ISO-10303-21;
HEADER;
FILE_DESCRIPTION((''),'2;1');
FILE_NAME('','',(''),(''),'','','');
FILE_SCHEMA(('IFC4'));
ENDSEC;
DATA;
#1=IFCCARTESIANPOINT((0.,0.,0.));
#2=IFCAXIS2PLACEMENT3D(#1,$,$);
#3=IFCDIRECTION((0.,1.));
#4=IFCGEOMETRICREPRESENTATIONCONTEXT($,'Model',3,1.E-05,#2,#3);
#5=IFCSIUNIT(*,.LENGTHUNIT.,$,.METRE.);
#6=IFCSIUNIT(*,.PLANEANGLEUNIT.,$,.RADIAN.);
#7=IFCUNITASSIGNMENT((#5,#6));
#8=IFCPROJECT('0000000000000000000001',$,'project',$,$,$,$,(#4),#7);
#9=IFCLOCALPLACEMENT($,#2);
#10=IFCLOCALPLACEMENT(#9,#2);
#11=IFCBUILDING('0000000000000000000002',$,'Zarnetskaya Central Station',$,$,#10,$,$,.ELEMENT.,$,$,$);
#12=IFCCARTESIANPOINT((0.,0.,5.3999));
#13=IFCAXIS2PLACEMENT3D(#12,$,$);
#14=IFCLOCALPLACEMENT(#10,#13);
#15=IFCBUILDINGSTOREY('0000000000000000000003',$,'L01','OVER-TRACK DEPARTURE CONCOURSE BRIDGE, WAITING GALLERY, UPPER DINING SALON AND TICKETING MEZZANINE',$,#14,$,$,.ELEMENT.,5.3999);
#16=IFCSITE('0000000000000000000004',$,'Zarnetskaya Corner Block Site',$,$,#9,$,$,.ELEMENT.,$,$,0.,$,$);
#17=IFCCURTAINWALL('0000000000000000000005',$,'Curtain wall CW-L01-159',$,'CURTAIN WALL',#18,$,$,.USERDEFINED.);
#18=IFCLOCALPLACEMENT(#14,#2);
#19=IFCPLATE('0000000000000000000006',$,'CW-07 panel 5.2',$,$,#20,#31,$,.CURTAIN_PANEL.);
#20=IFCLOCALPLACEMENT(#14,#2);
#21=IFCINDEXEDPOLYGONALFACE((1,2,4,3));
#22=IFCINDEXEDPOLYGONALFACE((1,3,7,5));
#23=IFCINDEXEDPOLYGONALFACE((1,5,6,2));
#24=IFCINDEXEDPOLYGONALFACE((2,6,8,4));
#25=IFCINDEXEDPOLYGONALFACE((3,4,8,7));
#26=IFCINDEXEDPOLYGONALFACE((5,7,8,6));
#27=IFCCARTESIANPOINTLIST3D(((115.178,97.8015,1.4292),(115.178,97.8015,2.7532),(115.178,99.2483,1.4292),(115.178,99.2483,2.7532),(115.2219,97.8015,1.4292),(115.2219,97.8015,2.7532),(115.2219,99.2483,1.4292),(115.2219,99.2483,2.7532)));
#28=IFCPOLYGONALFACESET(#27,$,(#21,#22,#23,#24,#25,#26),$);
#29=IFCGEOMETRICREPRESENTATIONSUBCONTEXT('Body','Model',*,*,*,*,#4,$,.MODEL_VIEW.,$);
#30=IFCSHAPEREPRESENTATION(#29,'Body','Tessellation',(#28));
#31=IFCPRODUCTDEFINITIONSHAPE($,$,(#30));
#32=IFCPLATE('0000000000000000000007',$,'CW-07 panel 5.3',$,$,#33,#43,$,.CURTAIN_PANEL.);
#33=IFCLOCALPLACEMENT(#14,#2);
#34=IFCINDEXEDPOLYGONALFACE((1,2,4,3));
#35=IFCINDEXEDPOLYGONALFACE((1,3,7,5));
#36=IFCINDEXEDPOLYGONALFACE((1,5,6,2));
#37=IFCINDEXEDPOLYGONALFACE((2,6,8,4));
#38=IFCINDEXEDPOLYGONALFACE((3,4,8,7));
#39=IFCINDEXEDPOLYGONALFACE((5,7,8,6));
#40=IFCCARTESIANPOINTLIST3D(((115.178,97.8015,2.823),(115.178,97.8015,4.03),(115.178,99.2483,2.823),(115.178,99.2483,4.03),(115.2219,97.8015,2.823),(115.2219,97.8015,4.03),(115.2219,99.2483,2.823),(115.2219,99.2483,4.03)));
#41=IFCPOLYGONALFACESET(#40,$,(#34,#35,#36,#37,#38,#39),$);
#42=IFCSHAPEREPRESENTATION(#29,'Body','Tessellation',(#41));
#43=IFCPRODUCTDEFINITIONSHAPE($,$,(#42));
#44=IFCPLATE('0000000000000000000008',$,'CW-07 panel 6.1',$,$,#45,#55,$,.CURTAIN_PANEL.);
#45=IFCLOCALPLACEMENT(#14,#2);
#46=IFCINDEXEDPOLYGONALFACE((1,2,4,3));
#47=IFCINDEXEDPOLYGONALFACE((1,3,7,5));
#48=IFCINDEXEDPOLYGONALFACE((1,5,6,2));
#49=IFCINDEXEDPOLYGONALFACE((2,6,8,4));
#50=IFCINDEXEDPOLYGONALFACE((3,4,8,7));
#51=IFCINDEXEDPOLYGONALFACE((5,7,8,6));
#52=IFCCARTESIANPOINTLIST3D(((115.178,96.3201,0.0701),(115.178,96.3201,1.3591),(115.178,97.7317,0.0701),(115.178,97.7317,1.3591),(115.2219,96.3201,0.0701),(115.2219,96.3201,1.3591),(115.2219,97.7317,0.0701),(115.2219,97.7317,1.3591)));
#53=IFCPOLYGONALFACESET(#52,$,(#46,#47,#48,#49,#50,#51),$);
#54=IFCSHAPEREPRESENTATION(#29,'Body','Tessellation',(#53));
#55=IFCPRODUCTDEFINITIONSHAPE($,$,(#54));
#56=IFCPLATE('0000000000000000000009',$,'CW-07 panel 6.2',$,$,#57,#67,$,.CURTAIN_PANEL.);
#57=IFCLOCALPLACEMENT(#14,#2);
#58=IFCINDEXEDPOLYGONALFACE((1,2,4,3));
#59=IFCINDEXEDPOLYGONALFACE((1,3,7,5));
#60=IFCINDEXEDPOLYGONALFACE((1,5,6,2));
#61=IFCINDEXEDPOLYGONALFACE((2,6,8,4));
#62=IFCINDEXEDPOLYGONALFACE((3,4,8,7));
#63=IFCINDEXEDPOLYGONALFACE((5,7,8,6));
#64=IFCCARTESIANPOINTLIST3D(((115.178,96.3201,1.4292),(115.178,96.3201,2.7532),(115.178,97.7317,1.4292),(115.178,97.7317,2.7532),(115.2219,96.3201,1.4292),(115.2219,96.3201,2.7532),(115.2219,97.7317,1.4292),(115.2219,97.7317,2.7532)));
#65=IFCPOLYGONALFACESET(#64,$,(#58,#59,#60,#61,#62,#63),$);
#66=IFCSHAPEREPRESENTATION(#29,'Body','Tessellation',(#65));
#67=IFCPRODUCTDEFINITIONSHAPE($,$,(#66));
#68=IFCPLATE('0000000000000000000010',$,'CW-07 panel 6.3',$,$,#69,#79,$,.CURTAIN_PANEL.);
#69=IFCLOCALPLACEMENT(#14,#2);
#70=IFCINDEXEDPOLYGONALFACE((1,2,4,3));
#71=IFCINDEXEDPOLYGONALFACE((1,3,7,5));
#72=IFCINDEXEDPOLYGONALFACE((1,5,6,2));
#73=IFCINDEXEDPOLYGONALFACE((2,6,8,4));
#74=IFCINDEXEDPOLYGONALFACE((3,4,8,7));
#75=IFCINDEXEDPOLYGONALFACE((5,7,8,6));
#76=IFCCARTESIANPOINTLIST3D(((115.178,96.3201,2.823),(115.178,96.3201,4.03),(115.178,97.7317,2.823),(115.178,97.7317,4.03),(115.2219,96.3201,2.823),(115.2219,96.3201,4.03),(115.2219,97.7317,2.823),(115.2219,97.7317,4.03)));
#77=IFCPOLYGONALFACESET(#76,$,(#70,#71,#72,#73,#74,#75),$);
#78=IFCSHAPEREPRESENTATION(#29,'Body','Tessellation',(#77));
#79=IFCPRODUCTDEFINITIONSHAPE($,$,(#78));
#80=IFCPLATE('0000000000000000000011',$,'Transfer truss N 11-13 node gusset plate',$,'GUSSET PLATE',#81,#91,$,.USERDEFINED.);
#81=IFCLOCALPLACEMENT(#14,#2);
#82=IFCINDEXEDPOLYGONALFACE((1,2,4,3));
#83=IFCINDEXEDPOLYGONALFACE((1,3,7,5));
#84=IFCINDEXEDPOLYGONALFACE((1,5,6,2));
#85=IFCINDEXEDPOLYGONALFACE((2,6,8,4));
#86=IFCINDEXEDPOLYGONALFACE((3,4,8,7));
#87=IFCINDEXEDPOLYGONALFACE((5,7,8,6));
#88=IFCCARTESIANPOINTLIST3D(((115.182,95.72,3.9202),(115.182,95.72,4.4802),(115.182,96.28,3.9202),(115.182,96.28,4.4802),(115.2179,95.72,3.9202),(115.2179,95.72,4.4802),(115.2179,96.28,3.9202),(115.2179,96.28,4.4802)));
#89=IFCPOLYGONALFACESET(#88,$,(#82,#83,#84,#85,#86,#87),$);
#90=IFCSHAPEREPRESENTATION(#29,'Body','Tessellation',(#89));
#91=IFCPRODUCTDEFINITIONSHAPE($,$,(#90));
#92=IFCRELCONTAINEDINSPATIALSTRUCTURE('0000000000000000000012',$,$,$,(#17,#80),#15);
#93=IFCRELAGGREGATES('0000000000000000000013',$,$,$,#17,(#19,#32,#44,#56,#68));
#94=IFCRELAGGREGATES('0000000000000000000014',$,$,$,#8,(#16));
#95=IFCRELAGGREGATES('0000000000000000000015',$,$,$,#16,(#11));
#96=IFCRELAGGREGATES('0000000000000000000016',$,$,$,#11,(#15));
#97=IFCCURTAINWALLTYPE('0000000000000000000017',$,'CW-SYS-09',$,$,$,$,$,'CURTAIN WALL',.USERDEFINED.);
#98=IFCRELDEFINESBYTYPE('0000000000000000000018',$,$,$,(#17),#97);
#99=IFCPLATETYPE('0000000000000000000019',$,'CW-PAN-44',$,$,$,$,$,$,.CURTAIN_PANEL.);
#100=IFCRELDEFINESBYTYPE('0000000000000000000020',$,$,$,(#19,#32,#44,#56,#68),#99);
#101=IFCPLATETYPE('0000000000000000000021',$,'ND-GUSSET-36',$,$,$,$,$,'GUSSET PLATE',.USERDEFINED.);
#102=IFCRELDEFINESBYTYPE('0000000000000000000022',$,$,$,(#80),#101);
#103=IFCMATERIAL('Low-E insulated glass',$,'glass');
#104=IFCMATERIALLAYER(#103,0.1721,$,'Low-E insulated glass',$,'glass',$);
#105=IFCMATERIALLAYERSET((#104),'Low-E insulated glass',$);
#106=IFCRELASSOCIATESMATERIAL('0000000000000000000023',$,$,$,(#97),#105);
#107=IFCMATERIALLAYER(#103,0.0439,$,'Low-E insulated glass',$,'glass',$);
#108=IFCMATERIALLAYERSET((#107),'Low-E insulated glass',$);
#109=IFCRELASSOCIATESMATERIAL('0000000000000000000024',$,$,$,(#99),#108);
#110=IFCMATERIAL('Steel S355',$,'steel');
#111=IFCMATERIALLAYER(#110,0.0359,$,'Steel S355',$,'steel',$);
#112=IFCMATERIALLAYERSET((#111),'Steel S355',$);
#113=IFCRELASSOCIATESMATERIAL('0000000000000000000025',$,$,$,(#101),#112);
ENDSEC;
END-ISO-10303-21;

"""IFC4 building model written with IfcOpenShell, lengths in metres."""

from ifc_helpers import new_model, si_unit, direction, frame, origin, origin_2d, place, context, subcontext, project, spatial, rectangle, extrude, material, layer, layer_set, type_object, element, aggregate, save


model = new_model("IFC4")

# Units and contexts
model_context = context("Model", 3, precision=1e-05, world=origin(), true_north=direction((0.0, 1.0)))
body_context = subcontext(model_context, "Body", "Model", "MODEL_VIEW")
ifc_project = project(units=[si_unit("LENGTHUNIT", "METRE"), si_unit("PLANEANGLEUNIT", "RADIAN")], contexts=[model_context])

# Site, building, storey
site_placement = place(None, origin())
site = spatial("IfcSite", under=ifc_project, at=site_placement, Name="Zarnetskaya Corner Block Site", CompositionType="ELEMENT", RefElevation=0.0)
building_placement = place(site_placement, origin())
building = spatial("IfcBuilding", under=site, at=building_placement, Name="Zarnetskaya Central Station", CompositionType="ELEMENT")
storey_placement = place(building_placement, frame((0.0, 0.0, 5.3999)))
storey = spatial("IfcBuildingStorey", under=building, at=storey_placement, Name="L01", Description="OVER-TRACK DEPARTURE CONCOURSE BRIDGE, WAITING GALLERY, UPPER DINING SALON AND TICKETING MEZZANINE", CompositionType="ELEMENT", Elevation=5.3999)

# Shared definitions
ifc_material_1 = material(Name="Steel S355", Category="steel")

# Curtain wall
ifc_material_2 = material(Name="Low-E insulated glass", Category="glass")
ifc_layer_1 = layer(ifc_material_2, 0.1721, Name="Low-E insulated glass", Category="glass")
ifc_layer_set_1 = layer_set([ifc_layer_1], Name="Low-E insulated glass")
curtain_wall_type = type_object("IfcCurtainWallType", Name="CW-SYS-09", ElementType="CURTAIN WALL", PredefinedType="USERDEFINED", material=ifc_layer_set_1)
curtain_wall_1_placement = place(storey_placement, origin())
curtain_wall_1 = element("IfcCurtainWall", 1, at=curtain_wall_1_placement, inside=storey, type_object=curtain_wall_type, Name="Curtain wall CW-L01-159", ObjectType="CURTAIN WALL", PredefinedType="USERDEFINED")

# Plates
ifc_layer_2 = layer(ifc_material_2, 0.0439, Name="Low-E insulated glass", Category="glass")
ifc_layer_set_2 = layer_set([ifc_layer_2], Name="Low-E insulated glass")
plate_type_1 = type_object("IfcPlateType", Name="CW-PAN-44", PredefinedType="CURTAIN_PANEL", material=ifc_layer_set_2)
plate_1_placement = place(storey_placement, frame((115.2, 98.5249, 1.4292), z_axis=(0.0, 0.0, 1.0), x_axis=(0.0, -1.0, 0.0)))
plate_1 = element("IfcPlate", 2, at=plate_1_placement, type_object=plate_type_1, Name="CW-07 panel 5.2", PredefinedType="CURTAIN_PANEL", context=body_context, shape_type="SweptSolid", body=[
    extrude(rectangle(XDim=1.4468, YDim=0.0439, at=origin_2d()), origin(), (0.0, 0.0, 1.0), 1.324),
])
plate_2_placement = place(storey_placement, frame((115.2, 98.5249, 2.823), z_axis=(0.0, 0.0, 1.0), x_axis=(0.0, -1.0, 0.0)))
plate_2 = element("IfcPlate", 3, at=plate_2_placement, type_object=plate_type_1, Name="CW-07 panel 5.3", PredefinedType="CURTAIN_PANEL", context=body_context, shape_type="SweptSolid", body=[
    extrude(rectangle(XDim=1.4468, YDim=0.0439, at=origin_2d()), origin(), (0.0, 0.0, 1.0), 1.207),
])
plate_3_placement = place(storey_placement, frame((115.2, 97.0259, 0.0701), z_axis=(0.0, 0.0, 1.0), x_axis=(0.0, -1.0, 0.0)))
plate_3 = element("IfcPlate", 4, at=plate_3_placement, type_object=plate_type_1, Name="CW-07 panel 6.1", PredefinedType="CURTAIN_PANEL", context=body_context, shape_type="SweptSolid", body=[
    extrude(rectangle(XDim=1.4116, YDim=0.0439, at=origin_2d()), origin(), (0.0, 0.0, 1.0), 1.2891),
])
plate_4_placement = place(storey_placement, frame((115.2, 97.0259, 1.4292), z_axis=(0.0, 0.0, 1.0), x_axis=(0.0, -1.0, 0.0)))
plate_4 = element("IfcPlate", 5, at=plate_4_placement, type_object=plate_type_1, Name="CW-07 panel 6.2", PredefinedType="CURTAIN_PANEL", context=body_context, shape_type="SweptSolid", body=[
    extrude(rectangle(XDim=1.4116, YDim=0.0439, at=origin_2d()), origin(), (0.0, 0.0, 1.0), 1.324),
])
plate_5_placement = place(storey_placement, frame((115.2, 97.0259, 2.823), z_axis=(0.0, 0.0, 1.0), x_axis=(0.0, -1.0, 0.0)))
plate_5 = element("IfcPlate", 6, at=plate_5_placement, type_object=plate_type_1, Name="CW-07 panel 6.3", PredefinedType="CURTAIN_PANEL", context=body_context, shape_type="SweptSolid", body=[
    extrude(rectangle(XDim=1.4116, YDim=0.0439, at=origin_2d()), origin(), (0.0, 0.0, 1.0), 1.207),
])
aggregate(curtain_wall_1, [plate_1, plate_2, plate_3, plate_4, plate_5])
ifc_layer_3 = layer(ifc_material_1, 0.0359, Name="Steel S355", Category="steel")
ifc_layer_set_3 = layer_set([ifc_layer_3], Name="Steel S355")
plate_type_2 = type_object("IfcPlateType", Name="ND-GUSSET-36", ElementType="GUSSET PLATE", PredefinedType="USERDEFINED", material=ifc_layer_set_3)
plate_6_placement = place(storey_placement, frame((115.2, 96.0, 3.9202), z_axis=(0.0, 0.0, 1.0), x_axis=(1.0, 0.0, 0.0)))
element("IfcPlate", 7, at=plate_6_placement, inside=storey, type_object=plate_type_2, Name="Transfer truss N 11-13 node gusset plate", ObjectType="GUSSET PLATE", PredefinedType="USERDEFINED", context=body_context, shape_type="SweptSolid", body=[
    extrude(rectangle(XDim=0.0359, YDim=0.5601, at=origin_2d()), origin(), (0.0, 0.0, 1.0), 0.5601),
])

save(model, "model.ifc")
